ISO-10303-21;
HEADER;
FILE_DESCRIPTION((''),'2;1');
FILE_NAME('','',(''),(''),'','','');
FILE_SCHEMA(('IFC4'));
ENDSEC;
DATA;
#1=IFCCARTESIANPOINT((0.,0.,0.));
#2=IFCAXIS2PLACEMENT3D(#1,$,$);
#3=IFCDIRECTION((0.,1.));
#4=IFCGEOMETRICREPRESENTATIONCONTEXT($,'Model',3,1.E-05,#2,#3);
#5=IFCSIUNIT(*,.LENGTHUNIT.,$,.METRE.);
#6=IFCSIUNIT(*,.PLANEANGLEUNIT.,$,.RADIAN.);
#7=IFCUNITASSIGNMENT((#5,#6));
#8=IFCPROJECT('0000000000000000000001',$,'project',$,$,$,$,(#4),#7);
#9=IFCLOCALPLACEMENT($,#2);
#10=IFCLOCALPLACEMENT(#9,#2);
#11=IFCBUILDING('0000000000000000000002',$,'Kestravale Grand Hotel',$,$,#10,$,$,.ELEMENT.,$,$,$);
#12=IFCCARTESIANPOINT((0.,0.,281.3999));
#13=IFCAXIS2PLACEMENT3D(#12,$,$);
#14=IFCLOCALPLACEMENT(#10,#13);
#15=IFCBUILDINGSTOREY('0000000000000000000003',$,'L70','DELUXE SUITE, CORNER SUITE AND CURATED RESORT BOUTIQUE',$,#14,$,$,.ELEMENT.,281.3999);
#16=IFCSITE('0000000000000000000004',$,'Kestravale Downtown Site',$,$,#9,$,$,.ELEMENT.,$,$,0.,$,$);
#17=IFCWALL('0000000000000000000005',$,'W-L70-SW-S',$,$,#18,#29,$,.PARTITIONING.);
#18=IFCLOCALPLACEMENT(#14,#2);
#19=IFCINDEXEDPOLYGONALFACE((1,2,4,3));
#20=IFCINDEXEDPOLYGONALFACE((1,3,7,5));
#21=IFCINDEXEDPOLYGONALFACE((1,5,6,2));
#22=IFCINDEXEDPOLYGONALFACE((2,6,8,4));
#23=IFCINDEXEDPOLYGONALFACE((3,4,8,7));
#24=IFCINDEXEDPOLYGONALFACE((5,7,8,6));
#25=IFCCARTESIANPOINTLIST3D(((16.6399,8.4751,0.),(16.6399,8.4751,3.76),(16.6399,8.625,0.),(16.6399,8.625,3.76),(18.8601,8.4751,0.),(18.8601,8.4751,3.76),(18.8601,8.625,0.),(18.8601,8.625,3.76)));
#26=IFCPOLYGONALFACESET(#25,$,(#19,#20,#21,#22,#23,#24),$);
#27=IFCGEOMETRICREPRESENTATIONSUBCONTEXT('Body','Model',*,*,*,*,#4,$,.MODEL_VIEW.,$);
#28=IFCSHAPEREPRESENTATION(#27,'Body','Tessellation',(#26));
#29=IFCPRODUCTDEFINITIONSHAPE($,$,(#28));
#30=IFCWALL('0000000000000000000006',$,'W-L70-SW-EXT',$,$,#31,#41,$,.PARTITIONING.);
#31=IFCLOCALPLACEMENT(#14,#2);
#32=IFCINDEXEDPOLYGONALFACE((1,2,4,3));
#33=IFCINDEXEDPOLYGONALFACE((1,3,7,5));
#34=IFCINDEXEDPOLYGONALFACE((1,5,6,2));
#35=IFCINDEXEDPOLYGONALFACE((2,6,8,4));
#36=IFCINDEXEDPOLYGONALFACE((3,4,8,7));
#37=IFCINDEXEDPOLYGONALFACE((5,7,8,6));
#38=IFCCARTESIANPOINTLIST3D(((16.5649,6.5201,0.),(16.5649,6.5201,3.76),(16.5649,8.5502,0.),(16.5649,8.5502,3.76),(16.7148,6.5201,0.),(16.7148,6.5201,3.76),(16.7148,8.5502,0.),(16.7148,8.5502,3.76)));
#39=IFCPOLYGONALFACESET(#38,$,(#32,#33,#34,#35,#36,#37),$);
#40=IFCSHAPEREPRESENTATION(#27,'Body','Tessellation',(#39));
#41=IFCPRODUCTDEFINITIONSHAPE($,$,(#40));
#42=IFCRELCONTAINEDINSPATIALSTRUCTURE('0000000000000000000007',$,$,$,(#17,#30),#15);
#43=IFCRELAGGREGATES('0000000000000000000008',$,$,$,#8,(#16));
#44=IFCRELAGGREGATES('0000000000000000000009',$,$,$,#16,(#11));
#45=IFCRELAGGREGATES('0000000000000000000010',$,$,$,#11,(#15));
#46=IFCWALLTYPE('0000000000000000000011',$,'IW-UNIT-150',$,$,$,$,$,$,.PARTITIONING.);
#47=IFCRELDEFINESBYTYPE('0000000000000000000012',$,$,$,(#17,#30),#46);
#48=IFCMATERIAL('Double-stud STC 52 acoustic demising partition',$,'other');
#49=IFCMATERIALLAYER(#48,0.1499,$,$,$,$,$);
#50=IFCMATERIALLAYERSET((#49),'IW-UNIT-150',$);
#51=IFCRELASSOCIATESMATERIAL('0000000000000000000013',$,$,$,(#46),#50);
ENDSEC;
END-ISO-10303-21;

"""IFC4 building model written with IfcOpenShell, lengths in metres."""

from ifc_helpers import new_model, si_unit, direction, frame, frame_2d, origin, place, context, subcontext, project, spatial, rectangle, extrude, material, layer, layer_set, type_object, element, save


model = new_model("IFC4")

# Units and contexts
model_context = context("Model", 3, precision=1e-05, world=origin(), true_north=direction((0.0, 1.0)))
body_context = subcontext(model_context, "Body", "Model", "MODEL_VIEW")
ifc_project = project(units=[si_unit("LENGTHUNIT", "METRE"), si_unit("PLANEANGLEUNIT", "RADIAN")], contexts=[model_context])

# Site, building, storey
site_placement = place(None, origin())
site = spatial("IfcSite", under=ifc_project, at=site_placement, Name="Kestravale Downtown Site", CompositionType="ELEMENT", RefElevation=0.0)
building_placement = place(site_placement, origin())
building = spatial("IfcBuilding", under=site, at=building_placement, Name="Kestravale Grand Hotel", CompositionType="ELEMENT")
storey_placement = place(building_placement, frame((0.0, 0.0, 281.3999)))
storey = spatial("IfcBuildingStorey", under=building, at=storey_placement, Name="L70", Description="DELUXE SUITE, CORNER SUITE AND CURATED RESORT BOUTIQUE", CompositionType="ELEMENT", Elevation=281.3999)

# Walls
ifc_material_1 = material(Name="Double-stud STC 52 acoustic demising partition", Category="other")
ifc_layer_1 = layer(ifc_material_1, 0.1499)
ifc_layer_set_1 = layer_set([ifc_layer_1], Name="IW-UNIT-150")
wall_type_1 = type_object("IfcWallType", Name="IW-UNIT-150", PredefinedType="PARTITIONING", material=ifc_layer_set_1)
wall_1_placement = place(storey_placement, frame((16.6399, 8.55, 0.0), z_axis=(0.0, 0.0, 1.0), x_axis=(1.0, 0.0, 0.0)))
element("IfcWall", 1, at=wall_1_placement, inside=storey, type_object=wall_type_1, Name="W-L70-SW-S", PredefinedType="PARTITIONING", context=body_context, shape_type="SweptSolid", body=[
    extrude(rectangle(XDim=2.2202, YDim=0.1499, at=frame_2d((1.1101, 0.0))), origin(), (0.0, 0.0, 1.0), 3.76),
])
wall_2_placement = place(storey_placement, frame((16.6399, 6.52, 0.0), z_axis=(0.0, 0.0, 1.0), x_axis=(0.0, 1.0, 0.0)))
element("IfcWall", 2, at=wall_2_placement, inside=storey, type_object=wall_type_1, Name="W-L70-SW-EXT", PredefinedType="PARTITIONING", context=body_context, shape_type="SweptSolid", body=[
    extrude(rectangle(XDim=2.03, YDim=0.1499, at=frame_2d((1.0151, 0.0))), origin(), (0.0, 0.0, 1.0), 3.76),
])

save(model, "model.ifc")
